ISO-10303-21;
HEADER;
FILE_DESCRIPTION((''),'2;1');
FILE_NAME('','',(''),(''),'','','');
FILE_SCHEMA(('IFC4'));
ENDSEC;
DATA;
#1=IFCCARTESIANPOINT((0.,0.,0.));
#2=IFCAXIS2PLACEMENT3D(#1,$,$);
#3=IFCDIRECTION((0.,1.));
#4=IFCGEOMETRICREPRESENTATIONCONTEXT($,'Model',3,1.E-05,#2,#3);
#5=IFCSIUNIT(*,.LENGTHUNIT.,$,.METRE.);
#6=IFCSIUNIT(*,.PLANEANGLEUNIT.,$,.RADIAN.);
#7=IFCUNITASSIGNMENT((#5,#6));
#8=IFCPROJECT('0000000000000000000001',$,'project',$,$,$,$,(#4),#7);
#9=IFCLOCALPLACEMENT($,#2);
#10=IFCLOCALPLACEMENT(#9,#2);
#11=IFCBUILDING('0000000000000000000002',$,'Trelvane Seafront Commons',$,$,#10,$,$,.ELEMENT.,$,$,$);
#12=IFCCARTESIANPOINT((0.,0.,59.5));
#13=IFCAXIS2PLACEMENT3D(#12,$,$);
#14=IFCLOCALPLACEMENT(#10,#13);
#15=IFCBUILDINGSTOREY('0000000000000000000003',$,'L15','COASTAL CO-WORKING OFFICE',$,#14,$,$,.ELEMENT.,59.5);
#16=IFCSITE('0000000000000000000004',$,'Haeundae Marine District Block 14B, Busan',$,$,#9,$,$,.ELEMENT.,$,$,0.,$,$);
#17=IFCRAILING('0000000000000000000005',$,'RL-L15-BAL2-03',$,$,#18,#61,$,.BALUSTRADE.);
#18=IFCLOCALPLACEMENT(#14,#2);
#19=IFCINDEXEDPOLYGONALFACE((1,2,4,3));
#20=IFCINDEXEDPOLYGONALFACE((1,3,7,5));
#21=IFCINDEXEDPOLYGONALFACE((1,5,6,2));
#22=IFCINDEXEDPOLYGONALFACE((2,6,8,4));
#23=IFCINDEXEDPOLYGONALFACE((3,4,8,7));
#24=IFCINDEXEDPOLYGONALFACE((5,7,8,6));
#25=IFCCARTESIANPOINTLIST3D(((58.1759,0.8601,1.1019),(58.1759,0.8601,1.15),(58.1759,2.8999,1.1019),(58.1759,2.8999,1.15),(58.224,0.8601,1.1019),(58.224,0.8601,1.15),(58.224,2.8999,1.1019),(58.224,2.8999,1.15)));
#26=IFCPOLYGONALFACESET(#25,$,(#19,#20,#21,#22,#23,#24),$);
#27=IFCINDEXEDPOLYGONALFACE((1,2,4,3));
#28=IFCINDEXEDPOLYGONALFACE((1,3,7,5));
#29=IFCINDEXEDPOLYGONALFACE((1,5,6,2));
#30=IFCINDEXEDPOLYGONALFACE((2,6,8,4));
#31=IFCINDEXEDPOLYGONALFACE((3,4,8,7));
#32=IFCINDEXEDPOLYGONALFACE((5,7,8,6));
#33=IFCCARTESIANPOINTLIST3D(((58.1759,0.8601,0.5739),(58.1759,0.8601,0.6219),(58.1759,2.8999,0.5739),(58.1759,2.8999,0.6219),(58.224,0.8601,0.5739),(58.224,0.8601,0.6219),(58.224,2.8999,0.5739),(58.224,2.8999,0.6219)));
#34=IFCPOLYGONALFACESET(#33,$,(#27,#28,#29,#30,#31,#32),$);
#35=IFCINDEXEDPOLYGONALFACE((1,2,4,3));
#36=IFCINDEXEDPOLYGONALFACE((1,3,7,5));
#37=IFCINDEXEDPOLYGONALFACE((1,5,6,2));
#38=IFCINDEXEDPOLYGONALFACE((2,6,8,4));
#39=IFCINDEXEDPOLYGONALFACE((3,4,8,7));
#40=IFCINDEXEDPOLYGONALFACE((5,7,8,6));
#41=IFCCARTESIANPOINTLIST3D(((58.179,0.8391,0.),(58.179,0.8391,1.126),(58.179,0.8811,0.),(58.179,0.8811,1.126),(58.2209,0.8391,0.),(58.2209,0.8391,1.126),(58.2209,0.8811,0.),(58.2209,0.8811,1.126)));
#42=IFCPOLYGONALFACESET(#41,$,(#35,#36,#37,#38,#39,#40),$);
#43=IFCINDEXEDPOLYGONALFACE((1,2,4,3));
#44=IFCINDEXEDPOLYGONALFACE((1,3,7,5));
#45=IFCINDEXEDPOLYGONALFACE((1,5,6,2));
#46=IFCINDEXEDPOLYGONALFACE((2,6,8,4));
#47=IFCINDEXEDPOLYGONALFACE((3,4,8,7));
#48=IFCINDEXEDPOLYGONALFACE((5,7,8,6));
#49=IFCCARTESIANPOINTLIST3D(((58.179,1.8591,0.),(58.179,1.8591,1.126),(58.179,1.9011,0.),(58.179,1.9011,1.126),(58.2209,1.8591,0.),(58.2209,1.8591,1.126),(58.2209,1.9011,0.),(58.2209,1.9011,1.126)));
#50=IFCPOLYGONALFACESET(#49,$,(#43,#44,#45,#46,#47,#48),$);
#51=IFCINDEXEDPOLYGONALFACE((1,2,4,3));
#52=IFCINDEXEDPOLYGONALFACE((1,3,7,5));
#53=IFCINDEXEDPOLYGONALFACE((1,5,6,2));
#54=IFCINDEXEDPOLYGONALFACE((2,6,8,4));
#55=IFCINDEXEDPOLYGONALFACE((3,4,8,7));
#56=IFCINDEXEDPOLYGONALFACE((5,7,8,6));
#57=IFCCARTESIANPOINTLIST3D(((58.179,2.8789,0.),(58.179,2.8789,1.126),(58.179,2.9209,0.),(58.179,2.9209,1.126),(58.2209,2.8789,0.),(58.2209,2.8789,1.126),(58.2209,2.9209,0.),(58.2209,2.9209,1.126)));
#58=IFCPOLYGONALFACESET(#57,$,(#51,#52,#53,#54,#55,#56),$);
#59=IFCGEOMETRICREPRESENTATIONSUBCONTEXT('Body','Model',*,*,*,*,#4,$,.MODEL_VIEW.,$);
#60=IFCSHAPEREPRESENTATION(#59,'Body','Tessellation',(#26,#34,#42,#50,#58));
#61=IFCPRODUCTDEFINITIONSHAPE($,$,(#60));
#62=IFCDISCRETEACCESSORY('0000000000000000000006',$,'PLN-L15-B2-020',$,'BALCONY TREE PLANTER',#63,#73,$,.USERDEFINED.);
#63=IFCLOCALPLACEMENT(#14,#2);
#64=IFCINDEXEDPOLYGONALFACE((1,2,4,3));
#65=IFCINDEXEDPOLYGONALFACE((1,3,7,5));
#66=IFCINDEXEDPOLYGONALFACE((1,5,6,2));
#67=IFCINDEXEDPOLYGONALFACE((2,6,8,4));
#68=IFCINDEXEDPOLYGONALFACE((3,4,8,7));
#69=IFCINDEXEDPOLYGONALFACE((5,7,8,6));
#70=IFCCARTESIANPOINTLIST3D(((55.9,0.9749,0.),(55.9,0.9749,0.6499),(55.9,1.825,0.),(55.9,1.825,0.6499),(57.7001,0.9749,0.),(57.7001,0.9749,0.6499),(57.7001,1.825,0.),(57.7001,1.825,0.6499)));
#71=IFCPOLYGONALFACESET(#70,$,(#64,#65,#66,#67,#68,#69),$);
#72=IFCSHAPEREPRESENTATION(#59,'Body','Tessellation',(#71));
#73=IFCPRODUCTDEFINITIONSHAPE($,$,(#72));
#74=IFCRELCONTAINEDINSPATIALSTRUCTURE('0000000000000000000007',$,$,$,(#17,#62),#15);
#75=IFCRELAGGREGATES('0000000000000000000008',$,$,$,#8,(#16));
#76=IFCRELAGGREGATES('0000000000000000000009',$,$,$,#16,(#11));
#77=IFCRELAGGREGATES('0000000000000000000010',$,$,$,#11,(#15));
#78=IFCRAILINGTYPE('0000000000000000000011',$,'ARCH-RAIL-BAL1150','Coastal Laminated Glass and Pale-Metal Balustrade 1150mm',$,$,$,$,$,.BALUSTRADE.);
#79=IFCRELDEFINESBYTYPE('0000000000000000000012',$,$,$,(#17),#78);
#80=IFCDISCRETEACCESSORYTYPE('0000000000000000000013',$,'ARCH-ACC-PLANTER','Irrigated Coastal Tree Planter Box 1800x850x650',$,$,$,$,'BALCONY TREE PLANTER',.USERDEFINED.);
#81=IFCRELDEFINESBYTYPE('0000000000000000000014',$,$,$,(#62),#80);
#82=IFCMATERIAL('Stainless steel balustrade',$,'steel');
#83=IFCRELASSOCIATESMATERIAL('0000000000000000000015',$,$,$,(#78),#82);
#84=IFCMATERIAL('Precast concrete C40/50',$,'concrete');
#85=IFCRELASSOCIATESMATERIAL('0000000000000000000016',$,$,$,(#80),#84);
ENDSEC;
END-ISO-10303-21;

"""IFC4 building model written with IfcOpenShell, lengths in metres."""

from ifc_helpers import new_model, si_unit, direction, frame, origin, origin_2d, place, context, subcontext, project, spatial, rectangle, extrude, source, transform, mapped, material, type_object, element, save


model = new_model("IFC4")

# Units and contexts
model_context = context("Model", 3, precision=1e-05, world=origin(), true_north=direction((0.0, 1.0)))
body_context = subcontext(model_context, "Body", "Model", "MODEL_VIEW")
ifc_project = project(units=[si_unit("LENGTHUNIT", "METRE"), si_unit("PLANEANGLEUNIT", "RADIAN")], contexts=[model_context])

# Site, building, storey
site_placement = place(None, origin())
site = spatial("IfcSite", under=ifc_project, at=site_placement, Name="Haeundae Marine District Block 14B, Busan", CompositionType="ELEMENT", RefElevation=0.0)
building_placement = place(site_placement, origin())
building = spatial("IfcBuilding", under=site, at=building_placement, Name="Trelvane Seafront Commons", CompositionType="ELEMENT")
storey_placement = place(building_placement, frame((0.0, 0.0, 59.5)))
storey = spatial("IfcBuildingStorey", under=building, at=storey_placement, Name="L15", Description="COASTAL CO-WORKING OFFICE", CompositionType="ELEMENT", Elevation=59.5)

# Shared definitions
ifc_material_1 = material(Name="Precast concrete C40/50", Category="concrete")

# Railing
ifc_material_2 = material(Name="Stainless steel balustrade", Category="steel")
railing_type = type_object("IfcRailingType", Name="ARCH-RAIL-BAL1150", Description="Coastal Laminated Glass and Pale-Metal Balustrade 1150mm", PredefinedType="BALUSTRADE", material=ifc_material_2)
railing_placement = place(storey_placement, frame((58.2, 0.8601, 0.0)))
element("IfcRailing", 1, at=railing_placement, inside=storey, type_object=railing_type, Name="RL-L15-BAL2-03", PredefinedType="BALUSTRADE", context=body_context, shape_type="SweptSolid", body=[
    extrude(rectangle(XDim=0.0481, YDim=0.0481, at=origin_2d()), frame((0.0, 0.0, 1.126), z_axis=(0.0, 1.0, 0.0), x_axis=(-1.0, 0.0, 0.0)), (0.0, 0.0, 1.0), 2.0398),
    extrude(rectangle(XDim=0.0481, YDim=0.0481, at=origin_2d()), frame((0.0, 0.0, 0.5979), z_axis=(0.0, 1.0, 0.0), x_axis=(-1.0, 0.0, 0.0)), (0.0, 0.0, 1.0), 2.0398),
    extrude(rectangle(XDim=0.042, YDim=0.042, at=origin_2d()), origin(), (0.0, 0.0, 1.0), 1.126),
    extrude(rectangle(XDim=0.042, YDim=0.042, at=origin_2d()), frame((0.0, 1.02, 0.0)), (0.0, 0.0, 1.0), 1.126),
    extrude(rectangle(XDim=0.042, YDim=0.042, at=origin_2d()), frame((0.0, 2.0398, 0.0)), (0.0, 0.0, 1.0), 1.126),
])

# Discrete accessory
discrete_accessory_type = type_object("IfcDiscreteAccessoryType", Name="ARCH-ACC-PLANTER", Description="Irrigated Coastal Tree Planter Box 1800x850x650", ElementType="BALCONY TREE PLANTER", PredefinedType="USERDEFINED", material=ifc_material_1)
shared_shape_1 = source(origin(), body_context, "Body", "SweptSolid", [
    extrude(rectangle(XDim=1.8, YDim=0.8501, at=origin_2d()), origin(), (0.0, 0.0, 1.0), 0.6499),
])
discrete_accessory_placement = place(storey_placement, frame((56.8, 1.3999, 0.0), z_axis=(0.0, 0.0, 1.0), x_axis=(1.0, 0.0, 0.0)))
element("IfcDiscreteAccessory", 2, at=discrete_accessory_placement, inside=storey, type_object=discrete_accessory_type, Name="PLN-L15-B2-020", ObjectType="BALCONY TREE PLANTER", PredefinedType="USERDEFINED", context=body_context, shape_type="MappedRepresentation", body=[
    mapped(shared_shape_1, transform((0.0, 0.0, 0.0), x_axis=(1.0, 0.0, 0.0), y_axis=(0.0, 1.0, 0.0), z_axis=(0.0, 0.0, 1.0), scale=1.0)),
])

save(model, "model.ifc")
